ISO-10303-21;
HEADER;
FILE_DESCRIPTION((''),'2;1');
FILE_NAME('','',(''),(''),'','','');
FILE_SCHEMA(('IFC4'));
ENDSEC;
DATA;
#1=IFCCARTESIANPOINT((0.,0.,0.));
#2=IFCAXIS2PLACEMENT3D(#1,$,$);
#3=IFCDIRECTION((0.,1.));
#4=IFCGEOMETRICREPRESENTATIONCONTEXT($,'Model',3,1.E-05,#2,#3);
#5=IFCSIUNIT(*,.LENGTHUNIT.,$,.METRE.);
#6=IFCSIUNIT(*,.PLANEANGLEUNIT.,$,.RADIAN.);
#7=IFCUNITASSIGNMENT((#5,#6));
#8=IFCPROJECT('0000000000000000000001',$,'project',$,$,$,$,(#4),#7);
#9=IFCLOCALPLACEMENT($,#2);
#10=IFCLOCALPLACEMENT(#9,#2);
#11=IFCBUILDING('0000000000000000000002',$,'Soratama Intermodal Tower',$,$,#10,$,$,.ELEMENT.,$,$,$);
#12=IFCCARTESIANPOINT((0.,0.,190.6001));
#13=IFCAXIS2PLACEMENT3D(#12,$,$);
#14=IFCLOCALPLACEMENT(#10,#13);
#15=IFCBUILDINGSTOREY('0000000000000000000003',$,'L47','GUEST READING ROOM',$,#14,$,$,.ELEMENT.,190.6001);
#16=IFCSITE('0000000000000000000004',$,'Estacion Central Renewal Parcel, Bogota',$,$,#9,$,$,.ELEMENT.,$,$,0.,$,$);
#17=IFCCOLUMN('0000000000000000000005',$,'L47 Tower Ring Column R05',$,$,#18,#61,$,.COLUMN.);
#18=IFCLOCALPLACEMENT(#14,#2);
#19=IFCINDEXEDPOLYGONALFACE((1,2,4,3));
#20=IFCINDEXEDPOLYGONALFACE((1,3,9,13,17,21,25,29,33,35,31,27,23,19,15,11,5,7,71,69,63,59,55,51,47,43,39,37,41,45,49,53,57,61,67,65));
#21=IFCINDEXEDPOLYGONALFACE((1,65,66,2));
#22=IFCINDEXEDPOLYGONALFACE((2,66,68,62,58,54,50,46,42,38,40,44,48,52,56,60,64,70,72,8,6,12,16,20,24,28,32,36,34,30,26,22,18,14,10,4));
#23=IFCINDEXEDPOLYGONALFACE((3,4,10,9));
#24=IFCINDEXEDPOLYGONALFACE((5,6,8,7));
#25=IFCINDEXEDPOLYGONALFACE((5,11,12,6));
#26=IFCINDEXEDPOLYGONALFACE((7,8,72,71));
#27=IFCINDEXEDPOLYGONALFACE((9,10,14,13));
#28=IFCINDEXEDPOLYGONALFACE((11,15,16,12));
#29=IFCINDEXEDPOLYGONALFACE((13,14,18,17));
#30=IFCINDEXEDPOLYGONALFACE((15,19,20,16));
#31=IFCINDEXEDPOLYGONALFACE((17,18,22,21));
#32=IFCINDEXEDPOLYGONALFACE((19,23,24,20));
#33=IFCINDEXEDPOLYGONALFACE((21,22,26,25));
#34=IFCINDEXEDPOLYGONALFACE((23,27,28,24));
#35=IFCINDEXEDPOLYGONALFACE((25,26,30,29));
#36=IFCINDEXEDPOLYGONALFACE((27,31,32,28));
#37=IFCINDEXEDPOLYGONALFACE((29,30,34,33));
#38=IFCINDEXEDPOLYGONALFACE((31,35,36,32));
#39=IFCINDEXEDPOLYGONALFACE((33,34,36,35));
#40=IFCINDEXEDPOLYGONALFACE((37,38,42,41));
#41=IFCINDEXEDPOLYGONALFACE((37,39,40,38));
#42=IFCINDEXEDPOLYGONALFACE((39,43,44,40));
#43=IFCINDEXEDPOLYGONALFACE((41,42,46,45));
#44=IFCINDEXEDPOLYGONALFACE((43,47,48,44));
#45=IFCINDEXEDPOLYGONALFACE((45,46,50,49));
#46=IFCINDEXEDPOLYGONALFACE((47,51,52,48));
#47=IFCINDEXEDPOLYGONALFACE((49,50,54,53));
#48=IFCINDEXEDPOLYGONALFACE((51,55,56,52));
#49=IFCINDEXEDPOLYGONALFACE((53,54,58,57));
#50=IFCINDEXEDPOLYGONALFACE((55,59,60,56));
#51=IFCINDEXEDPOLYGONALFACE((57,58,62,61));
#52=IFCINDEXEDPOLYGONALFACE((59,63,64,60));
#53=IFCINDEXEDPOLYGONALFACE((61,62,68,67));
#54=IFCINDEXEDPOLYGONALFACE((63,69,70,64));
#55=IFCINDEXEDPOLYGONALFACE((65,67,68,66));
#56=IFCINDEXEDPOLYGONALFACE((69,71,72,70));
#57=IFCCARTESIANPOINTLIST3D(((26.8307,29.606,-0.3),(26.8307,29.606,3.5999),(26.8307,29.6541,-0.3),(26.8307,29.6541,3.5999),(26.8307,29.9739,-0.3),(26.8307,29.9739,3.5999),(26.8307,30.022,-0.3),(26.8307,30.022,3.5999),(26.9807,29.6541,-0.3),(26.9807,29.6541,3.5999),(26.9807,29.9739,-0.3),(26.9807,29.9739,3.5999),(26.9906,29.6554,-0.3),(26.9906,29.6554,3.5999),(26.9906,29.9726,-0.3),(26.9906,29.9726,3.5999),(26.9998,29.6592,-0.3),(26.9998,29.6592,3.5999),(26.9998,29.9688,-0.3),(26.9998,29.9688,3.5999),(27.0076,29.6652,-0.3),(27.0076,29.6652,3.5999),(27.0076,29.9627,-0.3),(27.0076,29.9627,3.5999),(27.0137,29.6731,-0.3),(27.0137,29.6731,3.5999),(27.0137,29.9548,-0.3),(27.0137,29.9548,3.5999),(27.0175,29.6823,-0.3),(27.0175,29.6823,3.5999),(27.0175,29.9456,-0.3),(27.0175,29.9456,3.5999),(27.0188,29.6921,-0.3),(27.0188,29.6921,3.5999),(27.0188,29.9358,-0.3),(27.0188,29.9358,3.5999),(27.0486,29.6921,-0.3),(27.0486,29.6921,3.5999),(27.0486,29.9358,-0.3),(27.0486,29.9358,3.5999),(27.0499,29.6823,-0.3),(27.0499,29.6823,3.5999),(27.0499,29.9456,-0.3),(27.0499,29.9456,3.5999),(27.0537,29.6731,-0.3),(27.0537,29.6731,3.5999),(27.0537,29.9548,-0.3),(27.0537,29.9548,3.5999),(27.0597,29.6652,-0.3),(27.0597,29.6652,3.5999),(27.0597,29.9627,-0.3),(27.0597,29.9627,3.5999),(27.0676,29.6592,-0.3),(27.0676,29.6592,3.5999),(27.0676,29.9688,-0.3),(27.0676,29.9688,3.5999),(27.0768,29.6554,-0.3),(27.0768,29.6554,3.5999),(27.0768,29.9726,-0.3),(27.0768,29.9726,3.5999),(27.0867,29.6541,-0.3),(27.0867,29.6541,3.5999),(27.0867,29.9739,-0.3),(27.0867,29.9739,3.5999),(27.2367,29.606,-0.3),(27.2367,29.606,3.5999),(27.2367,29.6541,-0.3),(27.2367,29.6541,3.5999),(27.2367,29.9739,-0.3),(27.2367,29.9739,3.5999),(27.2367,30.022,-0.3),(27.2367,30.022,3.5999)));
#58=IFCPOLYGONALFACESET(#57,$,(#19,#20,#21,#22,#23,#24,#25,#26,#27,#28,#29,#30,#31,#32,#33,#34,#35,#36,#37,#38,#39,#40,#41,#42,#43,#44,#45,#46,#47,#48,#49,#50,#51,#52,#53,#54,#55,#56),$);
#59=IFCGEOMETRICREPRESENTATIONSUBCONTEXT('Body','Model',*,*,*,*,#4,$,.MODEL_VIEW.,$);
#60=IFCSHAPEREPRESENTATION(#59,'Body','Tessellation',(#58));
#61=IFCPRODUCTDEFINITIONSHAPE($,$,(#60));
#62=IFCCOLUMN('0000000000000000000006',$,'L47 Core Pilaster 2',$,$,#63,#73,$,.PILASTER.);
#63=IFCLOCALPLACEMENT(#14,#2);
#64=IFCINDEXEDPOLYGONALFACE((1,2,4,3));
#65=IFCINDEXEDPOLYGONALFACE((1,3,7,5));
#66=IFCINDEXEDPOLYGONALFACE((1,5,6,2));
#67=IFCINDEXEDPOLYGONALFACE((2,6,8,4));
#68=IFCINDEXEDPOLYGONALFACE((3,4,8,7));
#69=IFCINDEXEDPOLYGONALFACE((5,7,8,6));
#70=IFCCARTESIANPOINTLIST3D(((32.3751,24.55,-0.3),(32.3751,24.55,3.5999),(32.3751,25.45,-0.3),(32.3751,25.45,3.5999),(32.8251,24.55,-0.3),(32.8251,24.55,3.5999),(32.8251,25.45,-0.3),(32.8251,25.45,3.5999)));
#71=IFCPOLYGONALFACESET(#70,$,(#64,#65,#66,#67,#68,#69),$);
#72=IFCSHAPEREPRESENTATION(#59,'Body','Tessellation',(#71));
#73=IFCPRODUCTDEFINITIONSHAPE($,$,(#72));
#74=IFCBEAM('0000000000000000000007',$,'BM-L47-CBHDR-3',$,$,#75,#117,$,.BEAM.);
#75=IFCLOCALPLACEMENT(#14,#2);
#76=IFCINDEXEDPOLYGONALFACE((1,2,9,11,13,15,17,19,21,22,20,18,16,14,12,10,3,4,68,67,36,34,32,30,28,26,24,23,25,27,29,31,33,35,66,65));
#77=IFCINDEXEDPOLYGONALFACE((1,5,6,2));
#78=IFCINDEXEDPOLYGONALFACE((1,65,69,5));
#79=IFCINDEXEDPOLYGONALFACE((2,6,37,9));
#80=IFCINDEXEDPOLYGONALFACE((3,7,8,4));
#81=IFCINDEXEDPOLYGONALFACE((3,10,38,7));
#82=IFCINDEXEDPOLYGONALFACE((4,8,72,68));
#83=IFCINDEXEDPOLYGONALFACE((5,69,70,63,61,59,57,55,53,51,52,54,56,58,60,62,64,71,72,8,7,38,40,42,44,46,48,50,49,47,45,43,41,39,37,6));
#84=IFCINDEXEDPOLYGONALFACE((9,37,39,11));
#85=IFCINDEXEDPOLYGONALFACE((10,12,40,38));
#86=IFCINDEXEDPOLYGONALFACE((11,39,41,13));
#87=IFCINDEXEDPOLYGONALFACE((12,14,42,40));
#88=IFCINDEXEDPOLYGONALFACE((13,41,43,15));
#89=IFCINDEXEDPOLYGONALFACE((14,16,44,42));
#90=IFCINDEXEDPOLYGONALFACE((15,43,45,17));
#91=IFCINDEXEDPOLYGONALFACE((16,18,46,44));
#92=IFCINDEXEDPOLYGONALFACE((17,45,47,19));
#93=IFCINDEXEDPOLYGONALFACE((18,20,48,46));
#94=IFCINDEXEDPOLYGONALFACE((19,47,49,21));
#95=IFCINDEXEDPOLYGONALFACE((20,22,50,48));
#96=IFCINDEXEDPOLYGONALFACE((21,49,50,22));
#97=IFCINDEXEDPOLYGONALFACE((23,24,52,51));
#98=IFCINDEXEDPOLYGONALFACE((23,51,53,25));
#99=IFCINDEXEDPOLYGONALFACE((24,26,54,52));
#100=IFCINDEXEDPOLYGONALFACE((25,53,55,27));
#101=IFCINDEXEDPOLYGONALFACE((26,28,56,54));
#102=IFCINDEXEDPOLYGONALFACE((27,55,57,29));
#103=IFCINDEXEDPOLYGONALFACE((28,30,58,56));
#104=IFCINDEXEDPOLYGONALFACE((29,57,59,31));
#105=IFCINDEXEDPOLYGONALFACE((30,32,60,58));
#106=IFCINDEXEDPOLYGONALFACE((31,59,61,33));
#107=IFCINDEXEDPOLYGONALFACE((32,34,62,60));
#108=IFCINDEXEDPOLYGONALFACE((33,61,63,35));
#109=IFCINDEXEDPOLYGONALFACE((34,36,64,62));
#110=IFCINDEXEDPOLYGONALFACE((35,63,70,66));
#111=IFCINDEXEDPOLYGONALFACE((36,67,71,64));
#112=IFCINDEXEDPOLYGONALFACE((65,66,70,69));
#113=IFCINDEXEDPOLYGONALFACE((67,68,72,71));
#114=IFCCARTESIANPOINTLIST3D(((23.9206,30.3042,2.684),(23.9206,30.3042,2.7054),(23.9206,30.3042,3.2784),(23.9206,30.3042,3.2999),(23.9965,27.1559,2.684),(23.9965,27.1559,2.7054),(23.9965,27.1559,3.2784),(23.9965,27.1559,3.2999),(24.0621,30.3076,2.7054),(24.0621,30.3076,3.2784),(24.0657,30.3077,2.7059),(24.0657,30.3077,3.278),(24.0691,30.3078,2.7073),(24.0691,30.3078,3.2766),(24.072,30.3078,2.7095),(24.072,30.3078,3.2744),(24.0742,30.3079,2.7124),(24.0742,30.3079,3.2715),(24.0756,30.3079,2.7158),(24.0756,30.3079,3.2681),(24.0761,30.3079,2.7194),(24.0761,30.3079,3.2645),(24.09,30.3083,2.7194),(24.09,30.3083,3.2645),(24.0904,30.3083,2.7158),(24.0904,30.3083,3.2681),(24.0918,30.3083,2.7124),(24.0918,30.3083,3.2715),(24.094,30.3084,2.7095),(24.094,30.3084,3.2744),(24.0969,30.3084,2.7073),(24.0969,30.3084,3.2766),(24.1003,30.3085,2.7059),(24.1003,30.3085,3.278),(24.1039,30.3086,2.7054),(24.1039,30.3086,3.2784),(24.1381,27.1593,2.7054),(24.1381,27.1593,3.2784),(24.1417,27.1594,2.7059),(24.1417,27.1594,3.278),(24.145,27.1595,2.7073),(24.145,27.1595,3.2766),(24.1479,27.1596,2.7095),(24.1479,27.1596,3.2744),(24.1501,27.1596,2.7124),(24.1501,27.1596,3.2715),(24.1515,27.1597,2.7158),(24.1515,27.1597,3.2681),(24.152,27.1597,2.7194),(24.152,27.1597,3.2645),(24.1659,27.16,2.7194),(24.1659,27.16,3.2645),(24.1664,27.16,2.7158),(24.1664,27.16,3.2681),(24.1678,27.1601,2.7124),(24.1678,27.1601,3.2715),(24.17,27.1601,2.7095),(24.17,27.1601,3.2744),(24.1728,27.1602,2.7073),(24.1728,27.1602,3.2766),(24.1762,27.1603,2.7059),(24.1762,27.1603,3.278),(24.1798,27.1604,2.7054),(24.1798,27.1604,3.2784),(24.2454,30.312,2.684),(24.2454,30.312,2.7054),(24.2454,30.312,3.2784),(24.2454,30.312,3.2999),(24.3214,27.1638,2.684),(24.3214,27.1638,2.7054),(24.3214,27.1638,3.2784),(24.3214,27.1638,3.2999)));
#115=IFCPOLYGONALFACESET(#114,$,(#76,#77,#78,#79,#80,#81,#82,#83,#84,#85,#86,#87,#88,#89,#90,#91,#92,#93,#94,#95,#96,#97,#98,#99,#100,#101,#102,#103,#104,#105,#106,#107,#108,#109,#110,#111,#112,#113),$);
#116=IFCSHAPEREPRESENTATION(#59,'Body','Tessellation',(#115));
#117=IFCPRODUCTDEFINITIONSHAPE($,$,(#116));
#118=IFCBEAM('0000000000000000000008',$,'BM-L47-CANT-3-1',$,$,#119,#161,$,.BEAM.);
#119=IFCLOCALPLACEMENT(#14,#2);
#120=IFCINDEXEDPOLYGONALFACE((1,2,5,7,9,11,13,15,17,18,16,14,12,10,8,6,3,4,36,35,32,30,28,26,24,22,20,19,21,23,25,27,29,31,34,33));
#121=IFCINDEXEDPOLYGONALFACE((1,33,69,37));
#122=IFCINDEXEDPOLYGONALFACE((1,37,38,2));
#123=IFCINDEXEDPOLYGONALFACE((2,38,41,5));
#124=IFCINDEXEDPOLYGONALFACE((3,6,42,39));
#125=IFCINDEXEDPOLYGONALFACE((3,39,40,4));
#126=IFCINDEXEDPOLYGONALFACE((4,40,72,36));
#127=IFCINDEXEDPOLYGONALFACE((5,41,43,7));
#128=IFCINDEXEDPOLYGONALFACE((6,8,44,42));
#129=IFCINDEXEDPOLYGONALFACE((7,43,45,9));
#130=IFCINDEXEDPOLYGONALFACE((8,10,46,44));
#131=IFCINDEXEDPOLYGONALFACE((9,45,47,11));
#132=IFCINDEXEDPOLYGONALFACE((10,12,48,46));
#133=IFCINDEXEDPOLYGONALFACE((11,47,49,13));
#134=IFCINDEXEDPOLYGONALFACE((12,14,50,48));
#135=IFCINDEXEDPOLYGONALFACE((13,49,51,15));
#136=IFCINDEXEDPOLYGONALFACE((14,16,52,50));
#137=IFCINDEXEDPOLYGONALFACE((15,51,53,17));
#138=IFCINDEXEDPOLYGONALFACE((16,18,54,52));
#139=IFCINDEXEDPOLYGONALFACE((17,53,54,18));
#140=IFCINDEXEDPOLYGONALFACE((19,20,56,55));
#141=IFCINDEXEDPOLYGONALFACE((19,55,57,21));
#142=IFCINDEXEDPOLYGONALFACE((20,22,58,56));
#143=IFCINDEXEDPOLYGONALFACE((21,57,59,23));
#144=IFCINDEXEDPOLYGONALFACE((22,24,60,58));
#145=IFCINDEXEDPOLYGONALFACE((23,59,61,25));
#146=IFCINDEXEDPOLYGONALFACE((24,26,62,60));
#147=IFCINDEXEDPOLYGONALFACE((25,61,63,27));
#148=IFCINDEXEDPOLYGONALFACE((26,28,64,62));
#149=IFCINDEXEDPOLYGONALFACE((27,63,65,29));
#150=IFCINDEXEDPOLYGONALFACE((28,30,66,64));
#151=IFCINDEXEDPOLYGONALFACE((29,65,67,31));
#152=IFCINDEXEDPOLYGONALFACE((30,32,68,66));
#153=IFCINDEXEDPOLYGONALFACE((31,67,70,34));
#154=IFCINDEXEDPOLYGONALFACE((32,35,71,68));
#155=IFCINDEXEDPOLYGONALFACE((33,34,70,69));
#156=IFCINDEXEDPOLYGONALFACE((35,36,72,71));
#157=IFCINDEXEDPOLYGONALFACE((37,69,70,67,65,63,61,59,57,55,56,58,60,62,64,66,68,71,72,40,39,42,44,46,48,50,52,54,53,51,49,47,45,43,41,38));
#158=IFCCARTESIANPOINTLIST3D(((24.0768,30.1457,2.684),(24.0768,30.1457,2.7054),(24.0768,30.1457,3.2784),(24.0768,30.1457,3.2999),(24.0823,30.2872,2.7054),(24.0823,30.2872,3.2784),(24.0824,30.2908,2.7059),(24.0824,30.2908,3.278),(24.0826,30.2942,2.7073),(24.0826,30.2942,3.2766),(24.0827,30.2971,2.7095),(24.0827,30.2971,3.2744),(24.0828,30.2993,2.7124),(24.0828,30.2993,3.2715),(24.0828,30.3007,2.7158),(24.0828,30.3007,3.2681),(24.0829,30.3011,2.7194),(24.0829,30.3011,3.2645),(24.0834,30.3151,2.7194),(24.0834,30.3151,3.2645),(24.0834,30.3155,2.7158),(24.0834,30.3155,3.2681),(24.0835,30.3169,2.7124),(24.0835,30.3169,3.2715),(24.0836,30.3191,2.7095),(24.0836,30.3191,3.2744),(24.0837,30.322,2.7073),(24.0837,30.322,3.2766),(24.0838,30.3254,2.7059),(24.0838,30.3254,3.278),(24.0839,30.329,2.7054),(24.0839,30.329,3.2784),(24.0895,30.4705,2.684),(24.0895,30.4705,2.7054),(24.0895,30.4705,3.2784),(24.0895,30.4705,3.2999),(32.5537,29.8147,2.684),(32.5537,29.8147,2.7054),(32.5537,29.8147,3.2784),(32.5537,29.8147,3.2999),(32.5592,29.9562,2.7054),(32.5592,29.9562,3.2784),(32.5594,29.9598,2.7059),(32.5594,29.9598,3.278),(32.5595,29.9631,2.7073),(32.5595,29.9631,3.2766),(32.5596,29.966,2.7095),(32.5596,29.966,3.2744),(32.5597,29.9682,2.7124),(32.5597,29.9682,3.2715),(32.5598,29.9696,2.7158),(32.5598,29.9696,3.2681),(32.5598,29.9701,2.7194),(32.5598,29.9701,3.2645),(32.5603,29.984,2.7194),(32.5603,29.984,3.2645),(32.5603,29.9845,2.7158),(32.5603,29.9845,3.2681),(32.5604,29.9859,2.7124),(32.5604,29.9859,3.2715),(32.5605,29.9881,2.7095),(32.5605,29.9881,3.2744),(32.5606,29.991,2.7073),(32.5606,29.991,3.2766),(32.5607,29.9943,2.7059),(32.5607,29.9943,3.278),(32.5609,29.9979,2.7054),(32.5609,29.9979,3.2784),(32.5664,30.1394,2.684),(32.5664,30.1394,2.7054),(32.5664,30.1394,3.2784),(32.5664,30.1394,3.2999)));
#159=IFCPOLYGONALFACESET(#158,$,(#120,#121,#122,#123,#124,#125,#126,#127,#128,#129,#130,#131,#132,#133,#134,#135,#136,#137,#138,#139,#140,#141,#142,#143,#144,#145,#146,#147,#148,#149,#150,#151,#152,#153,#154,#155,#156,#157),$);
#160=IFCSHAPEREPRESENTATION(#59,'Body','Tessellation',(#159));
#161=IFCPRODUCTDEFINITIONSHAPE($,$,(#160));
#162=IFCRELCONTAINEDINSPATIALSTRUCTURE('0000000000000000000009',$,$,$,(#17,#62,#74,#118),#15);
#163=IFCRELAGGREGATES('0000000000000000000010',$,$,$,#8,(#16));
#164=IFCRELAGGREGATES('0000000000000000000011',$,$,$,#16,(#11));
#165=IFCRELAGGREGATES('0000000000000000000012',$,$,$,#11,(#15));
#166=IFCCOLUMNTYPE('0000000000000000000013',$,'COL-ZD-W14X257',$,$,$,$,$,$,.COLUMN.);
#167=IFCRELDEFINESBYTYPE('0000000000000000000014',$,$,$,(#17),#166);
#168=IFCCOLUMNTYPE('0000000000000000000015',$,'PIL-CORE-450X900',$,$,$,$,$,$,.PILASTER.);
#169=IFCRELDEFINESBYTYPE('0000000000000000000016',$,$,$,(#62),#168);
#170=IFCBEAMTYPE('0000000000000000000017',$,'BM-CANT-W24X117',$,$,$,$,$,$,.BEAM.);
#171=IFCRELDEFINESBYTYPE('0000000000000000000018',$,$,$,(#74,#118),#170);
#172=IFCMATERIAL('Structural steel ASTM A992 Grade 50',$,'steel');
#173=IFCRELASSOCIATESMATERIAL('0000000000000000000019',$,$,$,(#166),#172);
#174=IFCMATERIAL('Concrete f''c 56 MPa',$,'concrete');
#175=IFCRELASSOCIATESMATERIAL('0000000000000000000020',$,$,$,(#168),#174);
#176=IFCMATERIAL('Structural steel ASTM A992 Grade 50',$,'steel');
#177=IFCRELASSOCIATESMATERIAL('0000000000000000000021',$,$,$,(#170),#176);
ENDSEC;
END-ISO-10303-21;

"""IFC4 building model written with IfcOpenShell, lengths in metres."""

from ifc_helpers import new_model, si_unit, direction, frame, origin, origin_2d, place, context, subcontext, project, spatial, rectangle, i_section, extrude, material, material_profile, profile_set, type_object, element, save


model = new_model("IFC4")

# Units and contexts
model_context = context("Model", 3, precision=1e-05, world=origin(), true_north=direction((0.0, 1.0)))
body_context = subcontext(model_context, "Body", "Model", "MODEL_VIEW")
ifc_project = project(units=[si_unit("LENGTHUNIT", "METRE"), si_unit("PLANEANGLEUNIT", "RADIAN")], contexts=[model_context])

# Site, building, storey
site_placement = place(None, origin())
site = spatial("IfcSite", under=ifc_project, at=site_placement, Name="Estacion Central Renewal Parcel, Bogota", CompositionType="ELEMENT", RefElevation=0.0)
building_placement = place(site_placement, origin())
building = spatial("IfcBuilding", under=site, at=building_placement, Name="Soratama Intermodal Tower", CompositionType="ELEMENT")
storey_placement = place(building_placement, frame((0.0, 0.0, 190.6001)))
storey = spatial("IfcBuildingStorey", under=building, at=storey_placement, Name="L47", Description="GUEST READING ROOM", CompositionType="ELEMENT", Elevation=190.6001)

# Columns
ifc_material_1 = material(Name="Structural steel ASTM A992 Grade 50", Category="steel")
ifc_material_profile_1 = material_profile(ifc_material_1, i_section(OverallWidth=0.406, OverallDepth=0.416, WebThickness=0.0298, FlangeThickness=0.0481, FilletRadius=0.0381, at=origin_2d()), Name="W14X257")
ifc_profile_set_1 = profile_set([ifc_material_profile_1], Name="Structural steel ASTM A992 Grade 50")
column_type_1 = type_object("IfcColumnType", Name="COL-ZD-W14X257", PredefinedType="COLUMN", material=ifc_profile_set_1)
column_1_placement = place(storey_placement, frame((27.0337, 29.814, -0.3), z_axis=(0.0, 0.0, 1.0), x_axis=(1.0, 0.0, 0.0)))
element("IfcColumn", 1, at=column_1_placement, inside=storey, type_object=column_type_1, Name="L47 Tower Ring Column R05", PredefinedType="COLUMN", context=body_context, shape_type="SweptSolid", body=[
    extrude(i_section(OverallWidth=0.406, OverallDepth=0.416, WebThickness=0.0298, FlangeThickness=0.0481, FilletRadius=0.0381, at=origin_2d()), origin(), (0.0, 0.0, 1.0), 3.8999),
])
ifc_material_2 = material(Name="Concrete f'c 56 MPa", Category="concrete")
ifc_material_profile_2 = material_profile(ifc_material_2, rectangle(XDim=0.45, YDim=0.8999, at=origin_2d()), Name="RC450X900")
ifc_profile_set_2 = profile_set([ifc_material_profile_2], Name="Concrete f'c 56 MPa")
column_type_2 = type_object("IfcColumnType", Name="PIL-CORE-450X900", PredefinedType="PILASTER", material=ifc_profile_set_2)
column_2_placement = place(storey_placement, frame((32.6001, 25.0, -0.3), z_axis=(0.0, 0.0, 1.0), x_axis=(1.0, 0.0, 0.0)))
element("IfcColumn", 2, at=column_2_placement, inside=storey, type_object=column_type_2, Name="L47 Core Pilaster 2", PredefinedType="PILASTER", context=body_context, shape_type="SweptSolid", body=[
    extrude(rectangle(XDim=0.45, YDim=0.8999, at=origin_2d()), origin(), (0.0, 0.0, 1.0), 3.8999),
])

# Beams
ifc_material_3 = material(Name="Structural steel ASTM A992 Grade 50", Category="steel")
ifc_material_profile_3 = material_profile(ifc_material_3, i_section(OverallWidth=0.325, OverallDepth=0.616, WebThickness=0.0139, FlangeThickness=0.0215, FilletRadius=0.0139, at=origin_2d()), Name="W24X117")
ifc_profile_set_3 = profile_set([ifc_material_profile_3], Name="Structural steel ASTM A992 Grade 50")
beam_type_1 = type_object("IfcBeamType", Name="BM-CANT-W24X117", PredefinedType="BEAM", material=ifc_profile_set_3)
beam_1_placement = place(storey_placement, frame((24.083, 30.3081, 2.9919), z_axis=(0.024111, -0.999709, 0.0), x_axis=(0.999709, 0.024111, 0.0)))
element("IfcBeam", 3, at=beam_1_placement, inside=storey, type_object=beam_type_1, Name="BM-L47-CBHDR-3", PredefinedType="BEAM", context=body_context, shape_type="SweptSolid", body=[
    extrude(i_section(OverallWidth=0.325, OverallDepth=0.616, WebThickness=0.0139, FlangeThickness=0.0215, FilletRadius=0.0139, at=origin_2d()), origin(), (0.0, 0.0, 1.0), 3.1492),
])
beam_2_placement = place(storey_placement, frame((32.5601, 29.9771, 2.9919), z_axis=(-0.999238, 0.039023, 0.0), x_axis=(-0.039023, -0.999238, 0.0)))
element("IfcBeam", 4, at=beam_2_placement, inside=storey, type_object=beam_type_1, Name="BM-L47-CANT-3-1", PredefinedType="BEAM", context=body_context, shape_type="SweptSolid", body=[
    extrude(i_section(OverallWidth=0.325, OverallDepth=0.616, WebThickness=0.0139, FlangeThickness=0.0215, FilletRadius=0.0139, at=origin_2d()), origin(), (0.0, 0.0, 1.0), 8.4834),
])

save(model, "model.ifc")
